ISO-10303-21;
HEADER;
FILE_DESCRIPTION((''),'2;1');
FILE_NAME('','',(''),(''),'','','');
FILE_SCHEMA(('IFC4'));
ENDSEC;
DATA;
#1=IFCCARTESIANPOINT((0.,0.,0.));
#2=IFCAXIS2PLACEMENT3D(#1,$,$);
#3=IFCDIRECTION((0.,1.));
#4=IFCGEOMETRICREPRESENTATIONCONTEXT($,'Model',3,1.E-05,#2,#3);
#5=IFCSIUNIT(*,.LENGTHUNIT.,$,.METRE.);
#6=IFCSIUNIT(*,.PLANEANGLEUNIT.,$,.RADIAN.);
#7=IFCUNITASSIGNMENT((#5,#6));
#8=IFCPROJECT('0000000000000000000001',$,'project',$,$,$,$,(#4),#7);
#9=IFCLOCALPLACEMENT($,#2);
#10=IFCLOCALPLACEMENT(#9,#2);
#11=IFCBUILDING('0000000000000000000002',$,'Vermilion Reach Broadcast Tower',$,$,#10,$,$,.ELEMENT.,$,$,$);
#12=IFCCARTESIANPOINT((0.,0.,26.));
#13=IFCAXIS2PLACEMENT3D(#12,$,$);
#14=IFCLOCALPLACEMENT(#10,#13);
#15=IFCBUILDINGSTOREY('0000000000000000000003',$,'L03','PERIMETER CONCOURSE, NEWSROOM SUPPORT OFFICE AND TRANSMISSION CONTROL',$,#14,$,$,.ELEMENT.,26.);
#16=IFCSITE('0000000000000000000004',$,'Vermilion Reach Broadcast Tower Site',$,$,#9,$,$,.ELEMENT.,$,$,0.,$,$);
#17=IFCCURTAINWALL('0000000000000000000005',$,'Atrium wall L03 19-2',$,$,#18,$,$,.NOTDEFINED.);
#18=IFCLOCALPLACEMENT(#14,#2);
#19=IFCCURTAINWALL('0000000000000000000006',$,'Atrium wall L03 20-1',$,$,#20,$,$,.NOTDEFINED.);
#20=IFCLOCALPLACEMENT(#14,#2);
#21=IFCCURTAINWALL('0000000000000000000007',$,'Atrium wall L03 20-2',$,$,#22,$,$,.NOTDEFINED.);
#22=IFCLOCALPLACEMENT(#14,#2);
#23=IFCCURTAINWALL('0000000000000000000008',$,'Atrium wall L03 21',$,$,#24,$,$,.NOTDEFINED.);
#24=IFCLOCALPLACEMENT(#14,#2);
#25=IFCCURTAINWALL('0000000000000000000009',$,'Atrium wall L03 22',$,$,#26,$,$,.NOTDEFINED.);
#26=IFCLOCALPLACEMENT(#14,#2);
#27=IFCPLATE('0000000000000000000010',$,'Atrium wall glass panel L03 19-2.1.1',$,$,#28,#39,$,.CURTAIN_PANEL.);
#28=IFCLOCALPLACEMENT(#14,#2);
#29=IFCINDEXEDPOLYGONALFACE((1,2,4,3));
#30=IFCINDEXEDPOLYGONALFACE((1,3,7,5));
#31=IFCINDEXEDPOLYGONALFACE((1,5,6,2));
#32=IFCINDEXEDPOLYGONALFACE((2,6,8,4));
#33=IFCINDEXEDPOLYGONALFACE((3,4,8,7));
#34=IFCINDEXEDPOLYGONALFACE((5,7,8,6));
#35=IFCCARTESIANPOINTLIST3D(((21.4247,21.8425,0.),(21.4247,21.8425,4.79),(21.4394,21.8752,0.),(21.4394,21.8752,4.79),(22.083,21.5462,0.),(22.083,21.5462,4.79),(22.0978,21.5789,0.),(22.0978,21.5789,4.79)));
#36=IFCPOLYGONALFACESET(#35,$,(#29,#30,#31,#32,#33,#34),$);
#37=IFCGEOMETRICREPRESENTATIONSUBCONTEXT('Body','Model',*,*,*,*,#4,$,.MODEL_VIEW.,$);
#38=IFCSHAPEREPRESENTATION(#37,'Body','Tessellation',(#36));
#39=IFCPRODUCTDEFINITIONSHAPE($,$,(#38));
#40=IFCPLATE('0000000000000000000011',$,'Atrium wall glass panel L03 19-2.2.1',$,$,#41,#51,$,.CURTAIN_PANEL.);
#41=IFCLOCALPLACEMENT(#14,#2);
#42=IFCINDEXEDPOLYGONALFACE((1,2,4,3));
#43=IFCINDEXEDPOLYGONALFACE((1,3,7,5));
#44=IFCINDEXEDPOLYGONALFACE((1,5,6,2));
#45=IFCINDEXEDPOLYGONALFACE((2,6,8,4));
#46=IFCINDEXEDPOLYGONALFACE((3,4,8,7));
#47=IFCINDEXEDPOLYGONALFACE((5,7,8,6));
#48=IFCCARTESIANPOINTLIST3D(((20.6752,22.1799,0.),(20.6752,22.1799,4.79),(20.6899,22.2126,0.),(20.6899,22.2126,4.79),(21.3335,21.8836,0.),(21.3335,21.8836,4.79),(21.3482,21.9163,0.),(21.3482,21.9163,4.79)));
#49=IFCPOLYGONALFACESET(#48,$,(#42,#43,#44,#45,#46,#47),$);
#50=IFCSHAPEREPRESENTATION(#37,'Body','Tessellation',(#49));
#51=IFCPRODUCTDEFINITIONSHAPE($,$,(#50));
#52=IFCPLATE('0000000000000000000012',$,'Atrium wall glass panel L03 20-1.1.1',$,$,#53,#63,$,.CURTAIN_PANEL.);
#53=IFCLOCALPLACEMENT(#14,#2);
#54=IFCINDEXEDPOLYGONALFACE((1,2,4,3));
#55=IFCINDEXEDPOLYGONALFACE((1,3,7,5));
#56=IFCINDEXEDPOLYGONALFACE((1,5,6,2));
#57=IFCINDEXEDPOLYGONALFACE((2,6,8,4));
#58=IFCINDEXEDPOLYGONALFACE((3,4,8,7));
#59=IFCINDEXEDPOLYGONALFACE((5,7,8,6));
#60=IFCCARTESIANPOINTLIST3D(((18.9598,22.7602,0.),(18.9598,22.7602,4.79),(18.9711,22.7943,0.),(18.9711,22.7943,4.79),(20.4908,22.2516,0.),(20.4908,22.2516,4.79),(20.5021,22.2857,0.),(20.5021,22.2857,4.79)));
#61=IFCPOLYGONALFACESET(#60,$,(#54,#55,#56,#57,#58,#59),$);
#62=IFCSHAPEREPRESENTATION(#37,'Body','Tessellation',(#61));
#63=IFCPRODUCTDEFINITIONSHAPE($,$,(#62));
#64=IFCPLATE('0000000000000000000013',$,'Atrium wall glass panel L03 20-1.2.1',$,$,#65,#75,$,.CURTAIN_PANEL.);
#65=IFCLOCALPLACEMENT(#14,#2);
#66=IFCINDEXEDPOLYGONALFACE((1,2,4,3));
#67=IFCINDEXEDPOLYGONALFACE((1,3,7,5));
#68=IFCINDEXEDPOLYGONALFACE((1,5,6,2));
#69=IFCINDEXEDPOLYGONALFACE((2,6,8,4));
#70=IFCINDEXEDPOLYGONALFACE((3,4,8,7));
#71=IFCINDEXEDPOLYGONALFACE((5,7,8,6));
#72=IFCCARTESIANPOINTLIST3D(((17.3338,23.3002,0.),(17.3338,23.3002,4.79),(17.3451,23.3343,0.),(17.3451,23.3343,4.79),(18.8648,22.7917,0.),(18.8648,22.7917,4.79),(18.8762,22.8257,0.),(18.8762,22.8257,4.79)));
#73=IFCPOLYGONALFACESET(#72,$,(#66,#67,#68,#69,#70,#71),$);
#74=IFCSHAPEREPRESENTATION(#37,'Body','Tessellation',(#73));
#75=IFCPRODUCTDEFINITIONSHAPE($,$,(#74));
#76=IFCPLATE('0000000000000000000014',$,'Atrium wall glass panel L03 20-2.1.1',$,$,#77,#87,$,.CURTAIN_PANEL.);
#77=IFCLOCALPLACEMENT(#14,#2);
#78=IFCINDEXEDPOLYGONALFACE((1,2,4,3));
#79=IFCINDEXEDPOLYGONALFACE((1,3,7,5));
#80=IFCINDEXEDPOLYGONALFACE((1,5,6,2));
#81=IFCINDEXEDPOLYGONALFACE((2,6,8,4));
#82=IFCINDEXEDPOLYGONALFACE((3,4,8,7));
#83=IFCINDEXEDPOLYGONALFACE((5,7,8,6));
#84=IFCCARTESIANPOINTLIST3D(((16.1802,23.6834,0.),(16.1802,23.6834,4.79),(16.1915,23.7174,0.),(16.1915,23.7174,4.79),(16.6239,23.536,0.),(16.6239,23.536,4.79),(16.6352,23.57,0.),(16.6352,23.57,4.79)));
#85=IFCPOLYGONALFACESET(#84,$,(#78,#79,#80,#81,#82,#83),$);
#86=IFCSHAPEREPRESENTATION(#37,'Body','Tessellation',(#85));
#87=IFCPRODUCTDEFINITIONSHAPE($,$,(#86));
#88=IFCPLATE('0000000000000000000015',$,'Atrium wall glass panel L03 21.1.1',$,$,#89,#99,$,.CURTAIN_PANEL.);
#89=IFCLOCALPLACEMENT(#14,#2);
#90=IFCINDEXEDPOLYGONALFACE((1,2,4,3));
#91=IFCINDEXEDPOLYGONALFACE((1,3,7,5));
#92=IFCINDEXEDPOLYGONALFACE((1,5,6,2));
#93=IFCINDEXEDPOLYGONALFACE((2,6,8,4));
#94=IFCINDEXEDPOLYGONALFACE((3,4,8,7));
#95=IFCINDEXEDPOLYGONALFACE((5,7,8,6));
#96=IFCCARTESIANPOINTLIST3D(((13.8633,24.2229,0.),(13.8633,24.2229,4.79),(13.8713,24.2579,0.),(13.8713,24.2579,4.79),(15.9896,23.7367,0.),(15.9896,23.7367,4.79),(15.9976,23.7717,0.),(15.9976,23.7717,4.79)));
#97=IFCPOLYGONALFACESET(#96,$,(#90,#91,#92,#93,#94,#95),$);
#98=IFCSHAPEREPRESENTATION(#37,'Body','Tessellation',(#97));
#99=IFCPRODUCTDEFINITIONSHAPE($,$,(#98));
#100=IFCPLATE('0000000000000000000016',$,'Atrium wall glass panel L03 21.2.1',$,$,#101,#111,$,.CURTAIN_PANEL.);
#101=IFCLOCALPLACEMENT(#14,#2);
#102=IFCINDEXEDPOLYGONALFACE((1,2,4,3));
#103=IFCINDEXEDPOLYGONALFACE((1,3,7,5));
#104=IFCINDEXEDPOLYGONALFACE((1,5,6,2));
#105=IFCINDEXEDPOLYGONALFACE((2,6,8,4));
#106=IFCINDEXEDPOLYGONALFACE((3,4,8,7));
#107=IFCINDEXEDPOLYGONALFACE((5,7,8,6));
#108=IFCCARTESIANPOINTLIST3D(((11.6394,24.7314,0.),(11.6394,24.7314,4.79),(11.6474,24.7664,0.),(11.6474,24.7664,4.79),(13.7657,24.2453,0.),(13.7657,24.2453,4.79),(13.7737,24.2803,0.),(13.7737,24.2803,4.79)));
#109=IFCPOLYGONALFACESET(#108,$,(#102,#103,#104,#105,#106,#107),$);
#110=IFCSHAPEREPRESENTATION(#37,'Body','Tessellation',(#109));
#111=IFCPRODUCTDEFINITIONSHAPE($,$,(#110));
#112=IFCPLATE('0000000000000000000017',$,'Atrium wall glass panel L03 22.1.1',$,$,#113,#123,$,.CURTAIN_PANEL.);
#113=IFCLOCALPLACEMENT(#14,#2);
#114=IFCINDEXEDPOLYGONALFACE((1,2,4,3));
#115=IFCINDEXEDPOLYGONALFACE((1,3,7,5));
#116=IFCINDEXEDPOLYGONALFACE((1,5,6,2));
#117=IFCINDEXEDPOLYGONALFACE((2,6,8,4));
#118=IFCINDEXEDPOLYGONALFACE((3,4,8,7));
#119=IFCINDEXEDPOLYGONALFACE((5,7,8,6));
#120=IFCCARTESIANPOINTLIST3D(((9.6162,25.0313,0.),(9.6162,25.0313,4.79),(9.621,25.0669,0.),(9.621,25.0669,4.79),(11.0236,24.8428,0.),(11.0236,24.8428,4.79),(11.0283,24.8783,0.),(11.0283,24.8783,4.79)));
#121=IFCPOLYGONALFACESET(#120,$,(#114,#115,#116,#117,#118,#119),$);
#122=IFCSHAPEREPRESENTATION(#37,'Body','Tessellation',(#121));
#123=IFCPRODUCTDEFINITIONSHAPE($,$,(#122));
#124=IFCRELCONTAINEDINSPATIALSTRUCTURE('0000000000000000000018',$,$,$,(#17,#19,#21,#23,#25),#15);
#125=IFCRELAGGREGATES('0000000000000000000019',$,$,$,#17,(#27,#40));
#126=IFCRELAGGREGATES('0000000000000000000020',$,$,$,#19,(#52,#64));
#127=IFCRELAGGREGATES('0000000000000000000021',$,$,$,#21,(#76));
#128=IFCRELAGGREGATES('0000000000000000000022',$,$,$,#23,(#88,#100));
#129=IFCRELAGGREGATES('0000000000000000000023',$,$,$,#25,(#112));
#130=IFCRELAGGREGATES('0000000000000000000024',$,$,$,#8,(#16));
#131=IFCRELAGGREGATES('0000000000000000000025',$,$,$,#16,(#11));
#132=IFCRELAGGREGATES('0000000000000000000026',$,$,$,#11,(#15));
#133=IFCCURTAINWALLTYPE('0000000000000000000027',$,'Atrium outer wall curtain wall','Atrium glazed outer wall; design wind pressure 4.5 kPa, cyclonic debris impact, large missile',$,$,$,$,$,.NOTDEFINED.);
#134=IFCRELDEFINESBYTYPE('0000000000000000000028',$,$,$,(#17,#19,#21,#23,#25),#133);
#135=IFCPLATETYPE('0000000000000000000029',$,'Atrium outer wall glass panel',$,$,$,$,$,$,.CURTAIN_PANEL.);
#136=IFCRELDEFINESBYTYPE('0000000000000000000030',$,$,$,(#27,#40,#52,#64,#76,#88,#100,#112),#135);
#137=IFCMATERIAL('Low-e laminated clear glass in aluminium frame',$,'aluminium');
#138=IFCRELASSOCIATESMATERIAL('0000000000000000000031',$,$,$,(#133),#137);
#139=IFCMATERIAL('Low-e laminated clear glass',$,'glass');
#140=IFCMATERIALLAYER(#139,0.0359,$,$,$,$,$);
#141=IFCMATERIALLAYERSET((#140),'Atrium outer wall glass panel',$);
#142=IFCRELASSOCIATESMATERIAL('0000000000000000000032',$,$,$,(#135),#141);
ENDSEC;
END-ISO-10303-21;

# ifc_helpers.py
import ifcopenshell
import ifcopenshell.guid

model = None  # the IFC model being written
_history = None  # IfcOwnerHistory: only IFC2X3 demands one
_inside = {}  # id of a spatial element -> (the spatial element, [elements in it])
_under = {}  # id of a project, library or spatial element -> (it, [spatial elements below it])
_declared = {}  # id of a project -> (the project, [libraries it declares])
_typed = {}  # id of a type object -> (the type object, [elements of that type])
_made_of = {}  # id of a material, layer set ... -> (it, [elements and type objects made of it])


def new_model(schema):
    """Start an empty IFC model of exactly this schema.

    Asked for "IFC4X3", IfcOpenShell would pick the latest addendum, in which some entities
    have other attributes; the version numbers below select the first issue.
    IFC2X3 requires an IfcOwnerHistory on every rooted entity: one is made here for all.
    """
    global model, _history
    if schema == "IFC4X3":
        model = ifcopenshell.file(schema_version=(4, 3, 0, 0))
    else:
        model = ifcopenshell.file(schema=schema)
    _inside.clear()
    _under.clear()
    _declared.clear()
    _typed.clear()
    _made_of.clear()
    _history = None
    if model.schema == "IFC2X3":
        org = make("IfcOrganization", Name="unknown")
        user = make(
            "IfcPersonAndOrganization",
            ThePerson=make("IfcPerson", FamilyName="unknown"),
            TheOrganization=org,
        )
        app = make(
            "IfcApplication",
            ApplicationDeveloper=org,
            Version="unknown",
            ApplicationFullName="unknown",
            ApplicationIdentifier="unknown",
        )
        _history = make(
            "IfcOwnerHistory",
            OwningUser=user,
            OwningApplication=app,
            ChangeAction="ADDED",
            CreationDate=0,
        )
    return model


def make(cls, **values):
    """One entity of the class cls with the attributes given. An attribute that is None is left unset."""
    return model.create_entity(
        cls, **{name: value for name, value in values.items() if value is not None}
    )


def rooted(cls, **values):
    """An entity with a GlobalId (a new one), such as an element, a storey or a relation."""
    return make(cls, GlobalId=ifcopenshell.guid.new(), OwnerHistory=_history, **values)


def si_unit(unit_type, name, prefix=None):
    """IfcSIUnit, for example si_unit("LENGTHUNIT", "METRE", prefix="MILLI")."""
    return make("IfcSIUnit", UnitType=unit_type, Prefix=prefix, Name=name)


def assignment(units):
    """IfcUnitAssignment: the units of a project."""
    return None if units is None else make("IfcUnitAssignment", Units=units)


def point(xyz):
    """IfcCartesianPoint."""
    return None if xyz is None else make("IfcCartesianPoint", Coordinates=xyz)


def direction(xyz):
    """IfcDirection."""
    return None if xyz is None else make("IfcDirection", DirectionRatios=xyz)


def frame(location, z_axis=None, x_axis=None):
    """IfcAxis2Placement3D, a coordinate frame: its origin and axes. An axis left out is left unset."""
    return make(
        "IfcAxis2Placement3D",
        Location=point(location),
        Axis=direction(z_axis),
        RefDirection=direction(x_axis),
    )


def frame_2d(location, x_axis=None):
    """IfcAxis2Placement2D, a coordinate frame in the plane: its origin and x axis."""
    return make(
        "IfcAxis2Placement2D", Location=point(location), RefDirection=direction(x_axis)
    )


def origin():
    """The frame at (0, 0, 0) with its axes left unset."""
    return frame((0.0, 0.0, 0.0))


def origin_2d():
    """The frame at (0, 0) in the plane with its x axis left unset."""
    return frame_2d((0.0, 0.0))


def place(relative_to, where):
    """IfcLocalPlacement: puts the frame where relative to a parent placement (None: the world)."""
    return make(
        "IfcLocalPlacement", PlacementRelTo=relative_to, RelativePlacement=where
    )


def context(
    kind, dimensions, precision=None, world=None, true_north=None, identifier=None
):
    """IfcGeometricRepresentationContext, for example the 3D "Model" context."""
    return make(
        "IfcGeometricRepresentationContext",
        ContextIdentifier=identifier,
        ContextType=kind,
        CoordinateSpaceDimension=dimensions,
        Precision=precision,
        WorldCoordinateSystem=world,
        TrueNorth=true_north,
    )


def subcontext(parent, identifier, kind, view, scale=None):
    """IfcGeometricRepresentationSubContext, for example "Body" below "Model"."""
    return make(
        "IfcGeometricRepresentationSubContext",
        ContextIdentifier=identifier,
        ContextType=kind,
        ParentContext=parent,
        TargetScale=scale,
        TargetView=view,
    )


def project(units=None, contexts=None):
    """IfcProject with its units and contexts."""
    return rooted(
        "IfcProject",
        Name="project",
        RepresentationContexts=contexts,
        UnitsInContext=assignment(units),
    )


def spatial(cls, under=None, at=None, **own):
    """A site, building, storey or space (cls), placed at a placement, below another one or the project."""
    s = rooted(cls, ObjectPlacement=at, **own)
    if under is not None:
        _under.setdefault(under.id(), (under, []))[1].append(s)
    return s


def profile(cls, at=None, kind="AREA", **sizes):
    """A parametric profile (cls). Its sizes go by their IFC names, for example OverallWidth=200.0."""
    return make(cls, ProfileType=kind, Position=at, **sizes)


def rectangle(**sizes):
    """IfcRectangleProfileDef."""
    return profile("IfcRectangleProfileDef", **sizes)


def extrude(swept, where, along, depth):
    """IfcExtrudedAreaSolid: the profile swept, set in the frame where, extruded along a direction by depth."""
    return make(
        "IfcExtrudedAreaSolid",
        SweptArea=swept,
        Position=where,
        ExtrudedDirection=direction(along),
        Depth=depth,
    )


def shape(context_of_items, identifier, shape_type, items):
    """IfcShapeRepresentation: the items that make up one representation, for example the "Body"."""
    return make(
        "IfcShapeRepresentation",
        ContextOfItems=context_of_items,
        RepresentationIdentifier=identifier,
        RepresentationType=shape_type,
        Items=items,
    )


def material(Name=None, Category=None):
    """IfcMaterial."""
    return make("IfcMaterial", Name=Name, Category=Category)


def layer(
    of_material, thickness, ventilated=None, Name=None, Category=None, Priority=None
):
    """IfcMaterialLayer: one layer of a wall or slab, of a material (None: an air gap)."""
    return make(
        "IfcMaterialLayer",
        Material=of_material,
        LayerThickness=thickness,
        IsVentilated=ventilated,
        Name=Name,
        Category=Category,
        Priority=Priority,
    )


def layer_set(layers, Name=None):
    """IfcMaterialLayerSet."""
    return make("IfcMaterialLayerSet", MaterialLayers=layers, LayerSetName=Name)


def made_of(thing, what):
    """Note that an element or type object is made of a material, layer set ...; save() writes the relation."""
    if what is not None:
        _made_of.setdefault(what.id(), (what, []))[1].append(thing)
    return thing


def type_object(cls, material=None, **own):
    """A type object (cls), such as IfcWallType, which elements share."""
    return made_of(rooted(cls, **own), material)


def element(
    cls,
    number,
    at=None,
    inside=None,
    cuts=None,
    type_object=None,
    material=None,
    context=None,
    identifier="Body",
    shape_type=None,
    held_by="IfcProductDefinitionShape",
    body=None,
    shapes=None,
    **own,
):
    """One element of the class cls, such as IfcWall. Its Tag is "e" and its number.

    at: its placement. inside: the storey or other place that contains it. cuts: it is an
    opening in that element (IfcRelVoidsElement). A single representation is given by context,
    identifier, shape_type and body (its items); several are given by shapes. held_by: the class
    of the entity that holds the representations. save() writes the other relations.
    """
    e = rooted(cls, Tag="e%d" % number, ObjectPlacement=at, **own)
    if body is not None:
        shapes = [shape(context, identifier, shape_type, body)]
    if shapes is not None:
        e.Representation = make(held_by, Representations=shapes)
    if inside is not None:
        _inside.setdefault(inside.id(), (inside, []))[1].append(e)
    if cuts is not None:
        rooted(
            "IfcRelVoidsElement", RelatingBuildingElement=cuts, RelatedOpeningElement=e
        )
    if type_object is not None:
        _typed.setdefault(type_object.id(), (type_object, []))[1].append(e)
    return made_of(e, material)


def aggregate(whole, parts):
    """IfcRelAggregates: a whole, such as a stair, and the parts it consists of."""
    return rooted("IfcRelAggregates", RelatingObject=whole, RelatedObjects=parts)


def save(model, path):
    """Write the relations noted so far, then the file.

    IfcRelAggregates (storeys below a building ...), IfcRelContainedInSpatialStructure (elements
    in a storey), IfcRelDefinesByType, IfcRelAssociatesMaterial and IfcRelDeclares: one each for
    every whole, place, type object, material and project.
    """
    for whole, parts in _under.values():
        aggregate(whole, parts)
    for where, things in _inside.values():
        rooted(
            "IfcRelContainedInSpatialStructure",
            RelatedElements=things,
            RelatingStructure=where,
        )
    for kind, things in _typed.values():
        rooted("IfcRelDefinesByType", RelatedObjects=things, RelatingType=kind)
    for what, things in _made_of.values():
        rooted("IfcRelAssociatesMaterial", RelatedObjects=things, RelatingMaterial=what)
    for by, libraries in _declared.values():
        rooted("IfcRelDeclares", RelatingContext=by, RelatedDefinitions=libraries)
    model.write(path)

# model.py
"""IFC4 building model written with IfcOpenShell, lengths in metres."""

from ifc_helpers import new_model, si_unit, direction, frame, origin, origin_2d, place, context, subcontext, project, spatial, rectangle, extrude, material, layer, layer_set, type_object, element, aggregate, save


model = new_model("IFC4")

# Units and contexts
model_context = context("Model", 3, precision=1e-05, world=origin(), true_north=direction((0.0, 1.0)))
body_context = subcontext(model_context, "Body", "Model", "MODEL_VIEW")
ifc_project = project(units=[si_unit("LENGTHUNIT", "METRE"), si_unit("PLANEANGLEUNIT", "RADIAN")], contexts=[model_context])

# Site, building, storey
site_placement = place(None, origin())
site = spatial("IfcSite", under=ifc_project, at=site_placement, Name="Vermilion Reach Broadcast Tower Site", CompositionType="ELEMENT", RefElevation=0.0)
building_placement = place(site_placement, origin())
building = spatial("IfcBuilding", under=site, at=building_placement, Name="Vermilion Reach Broadcast Tower", CompositionType="ELEMENT")
storey_placement = place(building_placement, frame((0.0, 0.0, 26.0)))
storey = spatial("IfcBuildingStorey", under=building, at=storey_placement, Name="L03", Description="PERIMETER CONCOURSE, NEWSROOM SUPPORT OFFICE AND TRANSMISSION CONTROL", CompositionType="ELEMENT", Elevation=26.0)

# Shared definitions
ifc_material_1 = material(Name="Low-e laminated clear glass in aluminium frame", Category="aluminium")
curtain_wall_type = type_object("IfcCurtainWallType", Name="Atrium outer wall curtain wall", Description="Atrium glazed outer wall; design wind pressure 4.5 kPa, cyclonic debris impact, large missile", PredefinedType="NOTDEFINED", material=ifc_material_1)
placement = place(storey_placement, origin())

# Curtain walls
curtain_wall_1 = element("IfcCurtainWall", 1, at=placement, inside=storey, type_object=curtain_wall_type, Name="Atrium wall L03 19-2", PredefinedType="NOTDEFINED")
curtain_wall_2 = element("IfcCurtainWall", 2, at=placement, inside=storey, type_object=curtain_wall_type, Name="Atrium wall L03 20-1", PredefinedType="NOTDEFINED")
curtain_wall_3 = element("IfcCurtainWall", 3, at=placement, inside=storey, type_object=curtain_wall_type, Name="Atrium wall L03 20-2", PredefinedType="NOTDEFINED")
curtain_wall_4 = element("IfcCurtainWall", 4, at=placement, inside=storey, type_object=curtain_wall_type, Name="Atrium wall L03 21", PredefinedType="NOTDEFINED")

# Curtain wall
curtain_wall_5 = element("IfcCurtainWall", 5, at=placement, inside=storey, type_object=curtain_wall_type, Name="Atrium wall L03 22", PredefinedType="NOTDEFINED")

# Plates
ifc_material_2 = material(Name="Low-e laminated clear glass", Category="glass")
ifc_layer = layer(ifc_material_2, 0.0359)
ifc_layer_set = layer_set([ifc_layer], Name="Atrium outer wall glass panel")
plate_type = type_object("IfcPlateType", Name="Atrium outer wall glass panel", PredefinedType="CURTAIN_PANEL", material=ifc_layer_set)
plate_1_placement = place(storey_placement, frame((21.7612, 21.7107, 0.0), z_axis=(0.0, 0.0, 1.0), x_axis=(-0.911902, 0.410408, 0.0)))
plate_1 = element("IfcPlate", 6, at=plate_1_placement, type_object=plate_type, Name="Atrium wall glass panel L03 19-2.1.1", PredefinedType="CURTAIN_PANEL", context=body_context, shape_type="SweptSolid", body=[
    extrude(rectangle(XDim=0.7219, YDim=0.0359, at=origin_2d()), origin(), (0.0, 0.0, 1.0), 4.79),
])
plate_2_placement = place(storey_placement, frame((21.0117, 22.0481, 0.0), z_axis=(0.0, 0.0, 1.0), x_axis=(-0.911902, 0.410408, 0.0)))
plate_2 = element("IfcPlate", 7, at=plate_2_placement, type_object=plate_type, Name="Atrium wall glass panel L03 19-2.2.1", PredefinedType="CURTAIN_PANEL", context=body_context, shape_type="SweptSolid", body=[
    extrude(rectangle(XDim=0.7219, YDim=0.0359, at=origin_2d()), origin(), (0.0, 0.0, 1.0), 4.79),
])
aggregate(curtain_wall_1, [plate_1, plate_2])
plate_3_placement = place(storey_placement, frame((19.731, 22.5229, 0.0), z_axis=(0.0, 0.0, 1.0), x_axis=(-0.949016, 0.315228, 0.0)))
plate_3 = element("IfcPlate", 8, at=plate_3_placement, type_object=plate_type, Name="Atrium wall glass panel L03 20-1.1.1", PredefinedType="CURTAIN_PANEL", context=body_context, shape_type="SweptSolid", body=[
    extrude(rectangle(XDim=1.6133, YDim=0.0359, at=origin_2d()), origin(), (0.0, 0.0, 1.0), 4.79),
])
plate_4_placement = place(storey_placement, frame((18.105, 23.063, 0.0), z_axis=(0.0, 0.0, 1.0), x_axis=(-0.949016, 0.315228, 0.0)))
plate_4 = element("IfcPlate", 9, at=plate_4_placement, type_object=plate_type, Name="Atrium wall glass panel L03 20-1.2.1", PredefinedType="CURTAIN_PANEL", context=body_context, shape_type="SweptSolid", body=[
    extrude(rectangle(XDim=1.6133, YDim=0.0359, at=origin_2d()), origin(), (0.0, 0.0, 1.0), 4.79),
])
aggregate(curtain_wall_2, [plate_3, plate_4])
plate_5_placement = place(storey_placement, frame((16.4077, 23.6267, 0.0), z_axis=(0.0, 0.0, 1.0), x_axis=(-0.949016, 0.315228, 0.0)))
plate_5 = element("IfcPlate", 10, at=plate_5_placement, type_object=plate_type, Name="Atrium wall glass panel L03 20-2.1.1", PredefinedType="CURTAIN_PANEL", context=body_context, shape_type="SweptSolid", body=[
    extrude(rectangle(XDim=0.4675, YDim=0.0359, at=origin_2d()), origin(), (0.0, 0.0, 1.0), 4.79),
])
aggregate(curtain_wall_3, [plate_5])
plate_6_placement = place(storey_placement, frame((14.9304, 23.9973, 0.0), z_axis=(0.0, 0.0, 1.0), x_axis=(-0.974843, 0.222892, 0.0)))
plate_6 = element("IfcPlate", 11, at=plate_6_placement, type_object=plate_type, Name="Atrium wall glass panel L03 21.1.1", PredefinedType="CURTAIN_PANEL", context=body_context, shape_type="SweptSolid", body=[
    extrude(rectangle(XDim=2.1812, YDim=0.0359, at=origin_2d()), origin(), (0.0, 0.0, 1.0), 4.79),
])
plate_7_placement = place(storey_placement, frame((12.7065, 24.5059, 0.0), z_axis=(0.0, 0.0, 1.0), x_axis=(-0.974843, 0.222892, 0.0)))
plate_7 = element("IfcPlate", 12, at=plate_7_placement, type_object=plate_type, Name="Atrium wall glass panel L03 21.2.1", PredefinedType="CURTAIN_PANEL", context=body_context, shape_type="SweptSolid", body=[
    extrude(rectangle(XDim=2.1812, YDim=0.0359, at=origin_2d()), origin(), (0.0, 0.0, 1.0), 4.79),
])
aggregate(curtain_wall_4, [plate_6, plate_7])
plate_8_placement = place(storey_placement, frame((10.3223, 24.9548, 0.0), z_axis=(0.0, 0.0, 1.0), x_axis=(-0.991144, 0.132794, 0.0)))
plate_8 = element("IfcPlate", 13, at=plate_8_placement, type_object=plate_type, Name="Atrium wall glass panel L03 22.1.1", PredefinedType="CURTAIN_PANEL", context=body_context, shape_type="SweptSolid", body=[
    extrude(rectangle(XDim=1.4199, YDim=0.0359, at=origin_2d()), origin(), (0.0, 0.0, 1.0), 4.79),
])
aggregate(curtain_wall_5, [plate_8])

save(model, "model.ifc")
